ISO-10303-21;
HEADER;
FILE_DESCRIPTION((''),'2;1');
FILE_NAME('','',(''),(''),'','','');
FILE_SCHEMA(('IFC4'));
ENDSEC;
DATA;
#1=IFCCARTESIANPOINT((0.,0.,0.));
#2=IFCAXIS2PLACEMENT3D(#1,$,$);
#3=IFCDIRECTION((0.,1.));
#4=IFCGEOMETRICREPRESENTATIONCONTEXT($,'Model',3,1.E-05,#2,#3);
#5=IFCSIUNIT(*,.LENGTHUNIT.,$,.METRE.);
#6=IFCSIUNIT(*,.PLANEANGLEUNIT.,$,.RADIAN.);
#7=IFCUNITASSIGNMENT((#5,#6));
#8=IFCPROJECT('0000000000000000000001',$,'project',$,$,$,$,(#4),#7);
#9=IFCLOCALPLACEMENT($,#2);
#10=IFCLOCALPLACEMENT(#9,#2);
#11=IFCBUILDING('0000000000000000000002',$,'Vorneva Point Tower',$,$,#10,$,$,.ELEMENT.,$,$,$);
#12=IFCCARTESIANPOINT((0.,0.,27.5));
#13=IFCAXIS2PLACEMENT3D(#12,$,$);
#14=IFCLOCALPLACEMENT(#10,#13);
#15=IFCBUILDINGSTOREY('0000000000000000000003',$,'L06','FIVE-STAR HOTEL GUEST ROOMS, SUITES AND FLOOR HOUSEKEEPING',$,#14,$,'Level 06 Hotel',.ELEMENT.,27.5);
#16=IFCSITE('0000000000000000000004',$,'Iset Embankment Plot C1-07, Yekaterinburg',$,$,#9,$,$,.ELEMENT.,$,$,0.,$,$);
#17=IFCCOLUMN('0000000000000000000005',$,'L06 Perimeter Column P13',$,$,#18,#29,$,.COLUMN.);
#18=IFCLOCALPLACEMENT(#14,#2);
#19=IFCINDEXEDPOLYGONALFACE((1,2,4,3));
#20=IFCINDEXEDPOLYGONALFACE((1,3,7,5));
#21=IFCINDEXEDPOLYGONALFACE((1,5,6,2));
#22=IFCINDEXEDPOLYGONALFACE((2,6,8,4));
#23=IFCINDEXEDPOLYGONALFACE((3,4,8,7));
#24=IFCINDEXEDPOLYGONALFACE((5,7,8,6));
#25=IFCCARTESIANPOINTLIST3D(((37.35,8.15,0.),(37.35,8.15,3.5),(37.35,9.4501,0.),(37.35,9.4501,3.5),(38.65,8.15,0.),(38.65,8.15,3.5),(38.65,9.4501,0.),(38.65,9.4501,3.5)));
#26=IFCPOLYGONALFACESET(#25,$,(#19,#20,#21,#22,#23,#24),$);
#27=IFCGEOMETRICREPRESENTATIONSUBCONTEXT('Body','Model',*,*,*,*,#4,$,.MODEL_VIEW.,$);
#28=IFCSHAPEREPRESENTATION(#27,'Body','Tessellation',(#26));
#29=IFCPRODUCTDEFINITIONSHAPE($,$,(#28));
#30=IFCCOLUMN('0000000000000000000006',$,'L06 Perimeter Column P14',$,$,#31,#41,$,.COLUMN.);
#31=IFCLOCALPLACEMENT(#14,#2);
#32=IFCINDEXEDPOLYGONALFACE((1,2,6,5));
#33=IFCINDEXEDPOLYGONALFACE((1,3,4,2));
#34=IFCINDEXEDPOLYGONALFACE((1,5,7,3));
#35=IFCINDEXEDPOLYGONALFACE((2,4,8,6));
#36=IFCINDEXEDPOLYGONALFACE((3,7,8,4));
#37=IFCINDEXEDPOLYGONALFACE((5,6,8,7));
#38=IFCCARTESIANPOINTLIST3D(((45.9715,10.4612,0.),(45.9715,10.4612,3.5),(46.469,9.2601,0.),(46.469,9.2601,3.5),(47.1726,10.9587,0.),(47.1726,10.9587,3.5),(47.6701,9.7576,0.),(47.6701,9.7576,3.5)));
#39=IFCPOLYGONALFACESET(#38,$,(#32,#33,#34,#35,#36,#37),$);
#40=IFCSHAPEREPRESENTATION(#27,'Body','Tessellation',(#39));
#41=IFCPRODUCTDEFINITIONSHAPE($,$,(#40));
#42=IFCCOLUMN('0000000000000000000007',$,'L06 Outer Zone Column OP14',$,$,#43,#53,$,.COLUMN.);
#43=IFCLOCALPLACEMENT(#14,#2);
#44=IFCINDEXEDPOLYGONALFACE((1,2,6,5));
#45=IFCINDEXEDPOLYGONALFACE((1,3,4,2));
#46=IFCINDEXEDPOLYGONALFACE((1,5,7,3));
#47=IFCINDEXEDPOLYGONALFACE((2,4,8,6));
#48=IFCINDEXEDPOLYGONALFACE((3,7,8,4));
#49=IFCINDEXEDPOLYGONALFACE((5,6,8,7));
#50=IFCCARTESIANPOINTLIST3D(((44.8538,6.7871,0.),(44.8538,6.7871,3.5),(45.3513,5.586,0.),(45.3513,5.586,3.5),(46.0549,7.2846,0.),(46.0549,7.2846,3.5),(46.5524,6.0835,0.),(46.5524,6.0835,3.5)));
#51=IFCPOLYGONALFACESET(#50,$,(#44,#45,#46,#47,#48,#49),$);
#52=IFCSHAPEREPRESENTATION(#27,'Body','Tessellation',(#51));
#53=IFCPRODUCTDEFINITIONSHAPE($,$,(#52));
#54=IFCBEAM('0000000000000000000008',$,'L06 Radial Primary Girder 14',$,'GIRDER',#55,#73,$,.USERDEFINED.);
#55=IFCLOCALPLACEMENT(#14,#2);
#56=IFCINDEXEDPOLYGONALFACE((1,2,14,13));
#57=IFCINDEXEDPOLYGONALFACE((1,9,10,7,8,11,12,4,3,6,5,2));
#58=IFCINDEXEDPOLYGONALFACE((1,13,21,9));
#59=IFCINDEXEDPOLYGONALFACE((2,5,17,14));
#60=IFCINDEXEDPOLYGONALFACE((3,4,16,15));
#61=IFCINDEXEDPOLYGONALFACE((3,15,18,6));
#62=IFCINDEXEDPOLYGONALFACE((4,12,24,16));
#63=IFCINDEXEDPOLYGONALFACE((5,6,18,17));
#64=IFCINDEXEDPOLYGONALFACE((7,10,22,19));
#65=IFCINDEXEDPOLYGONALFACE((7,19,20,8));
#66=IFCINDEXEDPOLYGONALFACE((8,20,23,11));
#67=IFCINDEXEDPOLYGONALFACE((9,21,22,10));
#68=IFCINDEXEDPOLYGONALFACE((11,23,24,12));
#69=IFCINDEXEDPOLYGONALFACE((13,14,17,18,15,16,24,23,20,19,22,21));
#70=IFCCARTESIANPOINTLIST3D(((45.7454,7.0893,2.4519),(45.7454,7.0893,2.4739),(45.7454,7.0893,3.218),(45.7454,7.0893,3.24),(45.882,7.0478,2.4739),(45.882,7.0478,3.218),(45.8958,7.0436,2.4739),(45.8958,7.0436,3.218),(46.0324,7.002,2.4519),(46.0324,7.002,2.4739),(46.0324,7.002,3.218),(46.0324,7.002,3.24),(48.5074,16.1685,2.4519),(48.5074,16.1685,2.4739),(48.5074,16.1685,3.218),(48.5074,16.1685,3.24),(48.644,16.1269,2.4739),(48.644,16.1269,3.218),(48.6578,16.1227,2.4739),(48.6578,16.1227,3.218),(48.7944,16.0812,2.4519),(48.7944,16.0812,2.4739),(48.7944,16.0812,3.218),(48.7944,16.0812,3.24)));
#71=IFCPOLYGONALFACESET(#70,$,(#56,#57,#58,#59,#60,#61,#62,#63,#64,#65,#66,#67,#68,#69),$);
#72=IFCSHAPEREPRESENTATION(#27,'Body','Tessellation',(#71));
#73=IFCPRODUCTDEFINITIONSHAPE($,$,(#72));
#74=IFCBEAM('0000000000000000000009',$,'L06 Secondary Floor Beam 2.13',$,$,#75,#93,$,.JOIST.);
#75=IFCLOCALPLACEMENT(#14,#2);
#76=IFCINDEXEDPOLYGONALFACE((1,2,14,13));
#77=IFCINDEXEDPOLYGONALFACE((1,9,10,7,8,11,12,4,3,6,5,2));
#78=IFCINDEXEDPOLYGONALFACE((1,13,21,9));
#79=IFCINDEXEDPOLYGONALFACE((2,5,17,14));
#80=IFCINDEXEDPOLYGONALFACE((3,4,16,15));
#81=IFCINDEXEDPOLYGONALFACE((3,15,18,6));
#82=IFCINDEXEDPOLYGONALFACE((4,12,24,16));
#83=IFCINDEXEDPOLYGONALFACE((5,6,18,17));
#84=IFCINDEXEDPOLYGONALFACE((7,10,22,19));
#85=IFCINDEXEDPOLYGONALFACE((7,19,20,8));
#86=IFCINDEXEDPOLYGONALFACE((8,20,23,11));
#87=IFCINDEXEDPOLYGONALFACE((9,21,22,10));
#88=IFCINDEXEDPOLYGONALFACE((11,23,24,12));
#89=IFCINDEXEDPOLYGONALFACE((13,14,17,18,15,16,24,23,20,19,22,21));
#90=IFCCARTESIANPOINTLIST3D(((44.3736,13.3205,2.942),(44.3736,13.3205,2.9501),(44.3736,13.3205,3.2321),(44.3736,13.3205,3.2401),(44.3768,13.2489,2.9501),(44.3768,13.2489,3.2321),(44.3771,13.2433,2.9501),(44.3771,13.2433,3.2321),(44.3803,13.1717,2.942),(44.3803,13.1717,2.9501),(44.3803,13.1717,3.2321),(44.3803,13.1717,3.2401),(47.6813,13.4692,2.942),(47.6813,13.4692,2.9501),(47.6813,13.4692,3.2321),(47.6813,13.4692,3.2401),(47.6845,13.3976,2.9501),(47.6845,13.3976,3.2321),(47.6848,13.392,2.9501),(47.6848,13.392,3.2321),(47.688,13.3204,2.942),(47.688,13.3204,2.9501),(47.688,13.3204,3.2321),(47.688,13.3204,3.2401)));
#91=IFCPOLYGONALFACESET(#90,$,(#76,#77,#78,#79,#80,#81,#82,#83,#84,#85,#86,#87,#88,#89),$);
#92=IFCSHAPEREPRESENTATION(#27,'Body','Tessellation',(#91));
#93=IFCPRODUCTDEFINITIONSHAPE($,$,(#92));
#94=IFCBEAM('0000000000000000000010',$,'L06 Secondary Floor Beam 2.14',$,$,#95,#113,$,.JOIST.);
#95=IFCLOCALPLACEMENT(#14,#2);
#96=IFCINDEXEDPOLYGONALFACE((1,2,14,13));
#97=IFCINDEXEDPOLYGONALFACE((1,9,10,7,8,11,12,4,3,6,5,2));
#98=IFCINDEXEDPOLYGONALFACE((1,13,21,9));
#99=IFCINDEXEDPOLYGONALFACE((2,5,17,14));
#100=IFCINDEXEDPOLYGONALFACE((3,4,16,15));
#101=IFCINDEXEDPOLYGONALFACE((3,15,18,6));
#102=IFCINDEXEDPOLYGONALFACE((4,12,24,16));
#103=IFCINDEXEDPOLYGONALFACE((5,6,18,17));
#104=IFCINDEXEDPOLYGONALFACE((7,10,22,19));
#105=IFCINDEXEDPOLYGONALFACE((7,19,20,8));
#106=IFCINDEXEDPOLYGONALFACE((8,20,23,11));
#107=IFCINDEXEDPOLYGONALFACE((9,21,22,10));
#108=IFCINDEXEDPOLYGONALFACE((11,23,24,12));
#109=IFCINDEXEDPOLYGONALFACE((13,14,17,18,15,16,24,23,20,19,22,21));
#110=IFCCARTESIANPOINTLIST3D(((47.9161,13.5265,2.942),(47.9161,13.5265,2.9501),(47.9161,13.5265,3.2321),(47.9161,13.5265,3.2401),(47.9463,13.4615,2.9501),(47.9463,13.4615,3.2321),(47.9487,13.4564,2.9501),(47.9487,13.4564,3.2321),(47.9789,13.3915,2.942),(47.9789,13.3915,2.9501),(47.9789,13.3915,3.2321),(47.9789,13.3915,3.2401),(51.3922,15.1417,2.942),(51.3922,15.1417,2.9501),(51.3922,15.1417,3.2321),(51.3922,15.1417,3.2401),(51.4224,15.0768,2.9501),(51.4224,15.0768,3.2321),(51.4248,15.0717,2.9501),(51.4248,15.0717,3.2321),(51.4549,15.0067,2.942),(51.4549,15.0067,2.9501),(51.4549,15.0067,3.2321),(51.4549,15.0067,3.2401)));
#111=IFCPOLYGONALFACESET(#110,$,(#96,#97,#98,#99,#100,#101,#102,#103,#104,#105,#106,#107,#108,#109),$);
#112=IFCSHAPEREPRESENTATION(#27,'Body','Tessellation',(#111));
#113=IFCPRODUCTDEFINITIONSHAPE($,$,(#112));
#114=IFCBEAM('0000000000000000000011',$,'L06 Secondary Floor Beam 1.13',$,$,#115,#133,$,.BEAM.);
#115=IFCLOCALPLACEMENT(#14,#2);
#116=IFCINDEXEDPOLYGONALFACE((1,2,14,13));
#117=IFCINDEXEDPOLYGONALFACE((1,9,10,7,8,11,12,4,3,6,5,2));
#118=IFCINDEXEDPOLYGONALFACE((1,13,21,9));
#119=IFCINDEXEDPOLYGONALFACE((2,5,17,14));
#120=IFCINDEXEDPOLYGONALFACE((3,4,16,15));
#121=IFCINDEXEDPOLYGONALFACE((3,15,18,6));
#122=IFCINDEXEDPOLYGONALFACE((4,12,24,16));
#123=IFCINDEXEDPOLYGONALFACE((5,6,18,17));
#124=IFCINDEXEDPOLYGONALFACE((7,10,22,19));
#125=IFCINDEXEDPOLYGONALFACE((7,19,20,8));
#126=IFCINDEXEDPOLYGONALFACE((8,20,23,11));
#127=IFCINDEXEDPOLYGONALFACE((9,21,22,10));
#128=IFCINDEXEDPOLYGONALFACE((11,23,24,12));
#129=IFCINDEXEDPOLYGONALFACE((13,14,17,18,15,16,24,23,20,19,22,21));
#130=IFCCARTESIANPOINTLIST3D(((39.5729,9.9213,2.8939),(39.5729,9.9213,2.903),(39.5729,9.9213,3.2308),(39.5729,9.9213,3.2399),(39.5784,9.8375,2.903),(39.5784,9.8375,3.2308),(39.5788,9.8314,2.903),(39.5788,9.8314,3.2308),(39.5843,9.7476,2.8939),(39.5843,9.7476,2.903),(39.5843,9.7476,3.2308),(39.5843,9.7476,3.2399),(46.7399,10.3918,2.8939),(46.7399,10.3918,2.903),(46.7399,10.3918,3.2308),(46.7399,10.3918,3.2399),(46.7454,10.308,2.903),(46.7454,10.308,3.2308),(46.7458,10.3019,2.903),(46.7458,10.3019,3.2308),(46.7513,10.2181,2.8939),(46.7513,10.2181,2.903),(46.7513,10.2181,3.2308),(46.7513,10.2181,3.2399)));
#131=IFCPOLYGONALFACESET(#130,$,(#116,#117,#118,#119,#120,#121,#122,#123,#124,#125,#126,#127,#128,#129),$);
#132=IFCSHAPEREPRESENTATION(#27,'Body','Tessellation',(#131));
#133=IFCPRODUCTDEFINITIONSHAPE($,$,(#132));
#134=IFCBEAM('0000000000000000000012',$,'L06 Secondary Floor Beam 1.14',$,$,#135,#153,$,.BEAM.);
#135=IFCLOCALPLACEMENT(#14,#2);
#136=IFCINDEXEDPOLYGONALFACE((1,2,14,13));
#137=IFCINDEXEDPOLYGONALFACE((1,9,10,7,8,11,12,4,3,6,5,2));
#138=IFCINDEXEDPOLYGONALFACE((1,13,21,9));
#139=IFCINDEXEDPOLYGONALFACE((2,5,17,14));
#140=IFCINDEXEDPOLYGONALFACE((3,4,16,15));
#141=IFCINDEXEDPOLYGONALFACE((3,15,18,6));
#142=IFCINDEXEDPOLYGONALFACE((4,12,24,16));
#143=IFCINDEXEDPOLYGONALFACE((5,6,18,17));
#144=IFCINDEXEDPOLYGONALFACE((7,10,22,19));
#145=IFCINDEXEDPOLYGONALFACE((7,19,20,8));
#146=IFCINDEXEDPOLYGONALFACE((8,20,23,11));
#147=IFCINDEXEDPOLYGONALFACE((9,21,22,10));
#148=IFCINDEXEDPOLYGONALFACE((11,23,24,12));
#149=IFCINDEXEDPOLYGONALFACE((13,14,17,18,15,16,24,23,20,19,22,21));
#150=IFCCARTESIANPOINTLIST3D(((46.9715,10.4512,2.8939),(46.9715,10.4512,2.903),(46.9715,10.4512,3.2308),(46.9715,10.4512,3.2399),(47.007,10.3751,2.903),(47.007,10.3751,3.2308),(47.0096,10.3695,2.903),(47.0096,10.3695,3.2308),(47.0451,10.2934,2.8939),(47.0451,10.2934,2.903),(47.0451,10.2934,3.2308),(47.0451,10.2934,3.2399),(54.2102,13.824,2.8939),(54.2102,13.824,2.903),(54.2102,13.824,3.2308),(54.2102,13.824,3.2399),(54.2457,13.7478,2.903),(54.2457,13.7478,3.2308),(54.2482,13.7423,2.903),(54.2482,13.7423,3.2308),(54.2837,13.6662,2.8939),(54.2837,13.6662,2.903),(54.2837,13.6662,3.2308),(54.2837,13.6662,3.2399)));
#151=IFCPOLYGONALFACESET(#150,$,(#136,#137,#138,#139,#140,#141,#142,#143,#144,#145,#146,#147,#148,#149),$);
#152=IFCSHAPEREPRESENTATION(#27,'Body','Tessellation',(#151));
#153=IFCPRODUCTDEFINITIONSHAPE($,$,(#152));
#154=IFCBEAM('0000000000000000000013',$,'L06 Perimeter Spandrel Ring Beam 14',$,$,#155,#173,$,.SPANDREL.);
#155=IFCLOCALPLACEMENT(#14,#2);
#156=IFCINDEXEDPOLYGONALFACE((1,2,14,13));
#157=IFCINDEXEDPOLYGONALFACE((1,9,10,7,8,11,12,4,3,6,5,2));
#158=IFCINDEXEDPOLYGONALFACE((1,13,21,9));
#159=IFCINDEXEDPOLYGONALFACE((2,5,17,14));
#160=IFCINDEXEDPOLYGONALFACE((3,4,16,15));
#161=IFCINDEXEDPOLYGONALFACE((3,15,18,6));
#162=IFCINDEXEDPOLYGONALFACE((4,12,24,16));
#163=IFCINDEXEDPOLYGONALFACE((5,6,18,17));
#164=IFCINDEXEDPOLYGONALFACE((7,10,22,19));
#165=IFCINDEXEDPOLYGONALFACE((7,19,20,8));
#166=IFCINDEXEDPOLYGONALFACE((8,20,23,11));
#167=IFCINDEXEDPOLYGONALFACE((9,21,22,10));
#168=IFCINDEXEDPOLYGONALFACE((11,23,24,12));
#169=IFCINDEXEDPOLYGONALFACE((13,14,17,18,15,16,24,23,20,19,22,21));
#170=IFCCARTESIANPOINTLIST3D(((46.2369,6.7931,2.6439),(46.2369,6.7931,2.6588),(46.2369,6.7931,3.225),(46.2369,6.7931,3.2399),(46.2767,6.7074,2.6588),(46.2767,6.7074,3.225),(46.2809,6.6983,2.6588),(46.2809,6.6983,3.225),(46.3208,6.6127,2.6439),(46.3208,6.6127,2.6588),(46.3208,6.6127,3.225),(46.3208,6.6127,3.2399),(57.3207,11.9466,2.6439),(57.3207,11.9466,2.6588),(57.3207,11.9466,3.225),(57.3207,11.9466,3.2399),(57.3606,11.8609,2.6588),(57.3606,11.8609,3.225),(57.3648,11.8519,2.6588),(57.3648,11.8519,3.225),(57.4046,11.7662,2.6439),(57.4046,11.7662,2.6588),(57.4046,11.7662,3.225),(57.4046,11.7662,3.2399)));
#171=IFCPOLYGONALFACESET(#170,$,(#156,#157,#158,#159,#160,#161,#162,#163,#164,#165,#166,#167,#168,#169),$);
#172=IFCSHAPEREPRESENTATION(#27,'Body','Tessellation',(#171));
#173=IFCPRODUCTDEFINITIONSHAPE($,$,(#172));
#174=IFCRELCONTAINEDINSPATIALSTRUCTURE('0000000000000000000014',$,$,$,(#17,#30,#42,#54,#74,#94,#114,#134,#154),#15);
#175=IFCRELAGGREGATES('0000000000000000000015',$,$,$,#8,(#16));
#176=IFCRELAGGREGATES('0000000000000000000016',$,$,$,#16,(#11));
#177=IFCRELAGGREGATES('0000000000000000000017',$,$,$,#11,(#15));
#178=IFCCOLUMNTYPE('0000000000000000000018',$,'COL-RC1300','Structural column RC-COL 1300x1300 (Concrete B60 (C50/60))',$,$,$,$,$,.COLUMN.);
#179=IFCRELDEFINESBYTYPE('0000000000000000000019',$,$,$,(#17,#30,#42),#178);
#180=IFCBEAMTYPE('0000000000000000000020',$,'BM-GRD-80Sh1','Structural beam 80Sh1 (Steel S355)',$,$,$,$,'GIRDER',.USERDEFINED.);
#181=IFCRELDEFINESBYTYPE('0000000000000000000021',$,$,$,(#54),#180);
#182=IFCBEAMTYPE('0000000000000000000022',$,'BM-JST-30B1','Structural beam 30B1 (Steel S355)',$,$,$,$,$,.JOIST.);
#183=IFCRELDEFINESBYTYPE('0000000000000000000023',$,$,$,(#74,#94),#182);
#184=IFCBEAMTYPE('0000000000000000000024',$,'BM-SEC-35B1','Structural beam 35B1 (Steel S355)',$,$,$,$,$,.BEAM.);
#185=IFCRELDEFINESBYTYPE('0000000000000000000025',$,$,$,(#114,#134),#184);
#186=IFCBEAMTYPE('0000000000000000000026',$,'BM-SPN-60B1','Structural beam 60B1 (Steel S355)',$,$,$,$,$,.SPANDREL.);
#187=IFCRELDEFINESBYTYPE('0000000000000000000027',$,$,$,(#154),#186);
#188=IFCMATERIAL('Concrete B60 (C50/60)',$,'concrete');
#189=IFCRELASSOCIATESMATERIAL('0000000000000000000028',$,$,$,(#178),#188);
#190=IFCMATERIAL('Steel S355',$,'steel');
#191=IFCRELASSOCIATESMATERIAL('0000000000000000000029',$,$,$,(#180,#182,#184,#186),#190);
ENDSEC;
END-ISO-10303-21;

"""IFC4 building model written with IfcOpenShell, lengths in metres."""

from ifc_helpers import new_model, si_unit, direction, frame, origin, origin_2d, place, context, subcontext, project, spatial, rectangle, i_section, extrude, material, material_profile, profile_set, type_object, element, save


model = new_model("IFC4")

# Units and contexts
model_context = context("Model", 3, precision=1e-05, world=origin(), true_north=direction((0.0, 1.0)))
body_context = subcontext(model_context, "Body", "Model", "MODEL_VIEW")
ifc_project = project(units=[si_unit("LENGTHUNIT", "METRE"), si_unit("PLANEANGLEUNIT", "RADIAN")], contexts=[model_context])

# Site, building, storey
site_placement = place(None, origin())
site = spatial("IfcSite", under=ifc_project, at=site_placement, Name="Iset Embankment Plot C1-07, Yekaterinburg", CompositionType="ELEMENT", RefElevation=0.0)
building_placement = place(site_placement, origin())
building = spatial("IfcBuilding", under=site, at=building_placement, Name="Vorneva Point Tower", CompositionType="ELEMENT")
storey_placement = place(building_placement, frame((0.0, 0.0, 27.5)))
storey = spatial("IfcBuildingStorey", under=building, at=storey_placement, Name="L06", Description="FIVE-STAR HOTEL GUEST ROOMS, SUITES AND FLOOR HOUSEKEEPING", LongName="Level 06 Hotel", CompositionType="ELEMENT", Elevation=27.5)

# Columns
ifc_material_1 = material(Name="Concrete B60 (C50/60)", Category="concrete")
ifc_material_profile_1 = material_profile(ifc_material_1, rectangle(XDim=1.3, YDim=1.3, at=origin_2d()), Name="RC-COL 1300x1300")
ifc_profile_set_1 = profile_set([ifc_material_profile_1], Name="Concrete B60 (C50/60)")
column_type = type_object("IfcColumnType", Name="COL-RC1300", Description="Structural column RC-COL 1300x1300 (Concrete B60 (C50/60))", PredefinedType="COLUMN", material=ifc_profile_set_1)
for number, where, z_axis, x_axis, name in (
    (1, (38.0, 8.8, 0.0), (0.0, 0.0, 1.0), (0.0, -1.0, 0.0), "L06 Perimeter Column P13"),
    (2, (46.8208, 10.1094, 0.0), (0.0, 0.0, 1.0), (0.382683, -0.92388, 0.0), "L06 Perimeter Column P14"),
    (3, (45.7031, 6.4353, 0.0), (0.0, 0.0, 1.0), (0.382683, -0.92388, 0.0), "L06 Outer Zone Column OP14"),
):
    element("IfcColumn", number, at=place(storey_placement, frame(where, z_axis=z_axis, x_axis=x_axis)), inside=storey, type_object=column_type, Name=name, PredefinedType="COLUMN", context=body_context, shape_type="SweptSolid", body=[
        extrude(rectangle(XDim=1.3, YDim=1.3, at=origin_2d()), origin(), (0.0, 0.0, 1.0), 3.5),
    ])

# Beams
ifc_material_2 = material(Name="Steel S355", Category="steel")
ifc_material_profile_2 = material_profile(ifc_material_2, i_section(OverallWidth=0.3, OverallDepth=0.7881, WebThickness=0.0144, FlangeThickness=0.022, at=origin_2d()), Name="80Sh1")
ifc_profile_set_2 = profile_set([ifc_material_profile_2], Name="Steel S355")
beam_type_1 = type_object("IfcBeamType", Name="BM-GRD-80Sh1", Description="Structural beam 80Sh1 (Steel S355)", ElementType="GIRDER", PredefinedType="USERDEFINED", material=ifc_profile_set_2)
beam_1_placement = place(storey_placement, frame((45.8889, 7.0457, 2.8459), z_axis=(0.291042, 0.95671, 0.0), x_axis=(-0.95671, 0.291042, 0.0)))
element("IfcBeam", 4, at=beam_1_placement, inside=storey, type_object=beam_type_1, Name="L06 Radial Primary Girder 14", ObjectType="GIRDER", PredefinedType="USERDEFINED", context=body_context, shape_type="SweptSolid", body=[
    extrude(i_section(OverallWidth=0.3, OverallDepth=0.7881, WebThickness=0.0144, FlangeThickness=0.022, at=origin_2d()), origin(), (0.0, 0.0, 1.0), 9.49),
])
ifc_material_profile_3 = material_profile(ifc_material_2, i_section(OverallWidth=0.1489, OverallDepth=0.2981, WebThickness=0.0056, FlangeThickness=0.0081, at=origin_2d()), Name="30B1")
ifc_profile_set_3 = profile_set([ifc_material_profile_3], Name="Steel S355")
beam_type_2 = type_object("IfcBeamType", Name="BM-JST-30B1", Description="Structural beam 30B1 (Steel S355)", PredefinedType="JOIST", material=ifc_profile_set_3)
beam_2_placement = place(storey_placement, frame((44.377, 13.2461, 3.0911), z_axis=(0.998991, 0.044906, 0.0), x_axis=(-0.044906, 0.998991, 0.0)))
element("IfcBeam", 5, at=beam_2_placement, inside=storey, type_object=beam_type_2, Name="L06 Secondary Floor Beam 2.13", PredefinedType="JOIST", context=body_context, shape_type="SweptSolid", body=[
    extrude(i_section(OverallWidth=0.1489, OverallDepth=0.2981, WebThickness=0.0056, FlangeThickness=0.0081, at=origin_2d()), origin(), (0.0, 0.0, 1.0), 3.311),
])
beam_3_placement = place(storey_placement, frame((47.9475, 13.459, 3.0911), z_axis=(0.906875, 0.421399, 0.0), x_axis=(-0.421399, 0.906875, 0.0)))
element("IfcBeam", 6, at=beam_3_placement, inside=storey, type_object=beam_type_2, Name="L06 Secondary Floor Beam 2.14", PredefinedType="JOIST", context=body_context, shape_type="SweptSolid", body=[
    extrude(i_section(OverallWidth=0.1489, OverallDepth=0.2981, WebThickness=0.0056, FlangeThickness=0.0081, at=origin_2d()), origin(), (0.0, 0.0, 1.0), 3.833),
])
ifc_material_profile_4 = material_profile(ifc_material_2, i_section(OverallWidth=0.1741, OverallDepth=0.3459, WebThickness=0.0061, FlangeThickness=0.009, at=origin_2d()), Name="35B1")
ifc_profile_set_4 = profile_set([ifc_material_profile_4], Name="Steel S355")
beam_type_3 = type_object("IfcBeamType", Name="BM-SEC-35B1", Description="Structural beam 35B1 (Steel S355)", PredefinedType="BEAM", material=ifc_profile_set_4)
beam_4_placement = place(storey_placement, frame((39.5786, 9.8345, 3.0669), z_axis=(0.997852, 0.065501, 0.0), x_axis=(-0.065501, 0.997852, 0.0)))
element("IfcBeam", 7, at=beam_4_placement, inside=storey, type_object=beam_type_3, Name="L06 Secondary Floor Beam 1.13", PredefinedType="BEAM", context=body_context, shape_type="SweptSolid", body=[
    extrude(i_section(OverallWidth=0.1741, OverallDepth=0.3459, WebThickness=0.0061, FlangeThickness=0.009, at=origin_2d()), origin(), (0.0, 0.0, 1.0), 7.1824),
])
beam_5_placement = place(storey_placement, frame((47.0083, 10.3723, 3.0669), z_axis=(0.906437, 0.422341, 0.0), x_axis=(-0.422341, 0.906437, 0.0)))
element("IfcBeam", 8, at=beam_5_placement, inside=storey, type_object=beam_type_3, Name="L06 Secondary Floor Beam 1.14", PredefinedType="BEAM", context=body_context, shape_type="SweptSolid", body=[
    extrude(i_section(OverallWidth=0.1741, OverallDepth=0.3459, WebThickness=0.0061, FlangeThickness=0.009, at=origin_2d()), origin(), (0.0, 0.0, 1.0), 7.9858),
])
ifc_material_profile_5 = material_profile(ifc_material_2, i_section(OverallWidth=0.199, OverallDepth=0.5959, WebThickness=0.01, FlangeThickness=0.0149, at=origin_2d()), Name="60B1")
ifc_profile_set_5 = profile_set([ifc_material_profile_5], Name="Steel S355")
beam_type_4 = type_object("IfcBeamType", Name="BM-SPN-60B1", Description="Structural beam 60B1 (Steel S355)", PredefinedType="SPANDREL", material=ifc_profile_set_5)
beam_6_placement = place(storey_placement, frame((46.2788, 6.7029, 2.9419), z_axis=(0.906777, 0.421611, 0.0), x_axis=(-0.421611, 0.906777, 0.0)))
element("IfcBeam", 9, at=beam_6_placement, inside=storey, type_object=beam_type_4, Name="L06 Perimeter Spandrel Ring Beam 14", PredefinedType="SPANDREL", context=body_context, shape_type="SweptSolid", body=[
    extrude(i_section(OverallWidth=0.199, OverallDepth=0.5959, WebThickness=0.01, FlangeThickness=0.0149, at=origin_2d()), origin(), (0.0, 0.0, 1.0), 12.2234),
])

save(model, "model.ifc")
